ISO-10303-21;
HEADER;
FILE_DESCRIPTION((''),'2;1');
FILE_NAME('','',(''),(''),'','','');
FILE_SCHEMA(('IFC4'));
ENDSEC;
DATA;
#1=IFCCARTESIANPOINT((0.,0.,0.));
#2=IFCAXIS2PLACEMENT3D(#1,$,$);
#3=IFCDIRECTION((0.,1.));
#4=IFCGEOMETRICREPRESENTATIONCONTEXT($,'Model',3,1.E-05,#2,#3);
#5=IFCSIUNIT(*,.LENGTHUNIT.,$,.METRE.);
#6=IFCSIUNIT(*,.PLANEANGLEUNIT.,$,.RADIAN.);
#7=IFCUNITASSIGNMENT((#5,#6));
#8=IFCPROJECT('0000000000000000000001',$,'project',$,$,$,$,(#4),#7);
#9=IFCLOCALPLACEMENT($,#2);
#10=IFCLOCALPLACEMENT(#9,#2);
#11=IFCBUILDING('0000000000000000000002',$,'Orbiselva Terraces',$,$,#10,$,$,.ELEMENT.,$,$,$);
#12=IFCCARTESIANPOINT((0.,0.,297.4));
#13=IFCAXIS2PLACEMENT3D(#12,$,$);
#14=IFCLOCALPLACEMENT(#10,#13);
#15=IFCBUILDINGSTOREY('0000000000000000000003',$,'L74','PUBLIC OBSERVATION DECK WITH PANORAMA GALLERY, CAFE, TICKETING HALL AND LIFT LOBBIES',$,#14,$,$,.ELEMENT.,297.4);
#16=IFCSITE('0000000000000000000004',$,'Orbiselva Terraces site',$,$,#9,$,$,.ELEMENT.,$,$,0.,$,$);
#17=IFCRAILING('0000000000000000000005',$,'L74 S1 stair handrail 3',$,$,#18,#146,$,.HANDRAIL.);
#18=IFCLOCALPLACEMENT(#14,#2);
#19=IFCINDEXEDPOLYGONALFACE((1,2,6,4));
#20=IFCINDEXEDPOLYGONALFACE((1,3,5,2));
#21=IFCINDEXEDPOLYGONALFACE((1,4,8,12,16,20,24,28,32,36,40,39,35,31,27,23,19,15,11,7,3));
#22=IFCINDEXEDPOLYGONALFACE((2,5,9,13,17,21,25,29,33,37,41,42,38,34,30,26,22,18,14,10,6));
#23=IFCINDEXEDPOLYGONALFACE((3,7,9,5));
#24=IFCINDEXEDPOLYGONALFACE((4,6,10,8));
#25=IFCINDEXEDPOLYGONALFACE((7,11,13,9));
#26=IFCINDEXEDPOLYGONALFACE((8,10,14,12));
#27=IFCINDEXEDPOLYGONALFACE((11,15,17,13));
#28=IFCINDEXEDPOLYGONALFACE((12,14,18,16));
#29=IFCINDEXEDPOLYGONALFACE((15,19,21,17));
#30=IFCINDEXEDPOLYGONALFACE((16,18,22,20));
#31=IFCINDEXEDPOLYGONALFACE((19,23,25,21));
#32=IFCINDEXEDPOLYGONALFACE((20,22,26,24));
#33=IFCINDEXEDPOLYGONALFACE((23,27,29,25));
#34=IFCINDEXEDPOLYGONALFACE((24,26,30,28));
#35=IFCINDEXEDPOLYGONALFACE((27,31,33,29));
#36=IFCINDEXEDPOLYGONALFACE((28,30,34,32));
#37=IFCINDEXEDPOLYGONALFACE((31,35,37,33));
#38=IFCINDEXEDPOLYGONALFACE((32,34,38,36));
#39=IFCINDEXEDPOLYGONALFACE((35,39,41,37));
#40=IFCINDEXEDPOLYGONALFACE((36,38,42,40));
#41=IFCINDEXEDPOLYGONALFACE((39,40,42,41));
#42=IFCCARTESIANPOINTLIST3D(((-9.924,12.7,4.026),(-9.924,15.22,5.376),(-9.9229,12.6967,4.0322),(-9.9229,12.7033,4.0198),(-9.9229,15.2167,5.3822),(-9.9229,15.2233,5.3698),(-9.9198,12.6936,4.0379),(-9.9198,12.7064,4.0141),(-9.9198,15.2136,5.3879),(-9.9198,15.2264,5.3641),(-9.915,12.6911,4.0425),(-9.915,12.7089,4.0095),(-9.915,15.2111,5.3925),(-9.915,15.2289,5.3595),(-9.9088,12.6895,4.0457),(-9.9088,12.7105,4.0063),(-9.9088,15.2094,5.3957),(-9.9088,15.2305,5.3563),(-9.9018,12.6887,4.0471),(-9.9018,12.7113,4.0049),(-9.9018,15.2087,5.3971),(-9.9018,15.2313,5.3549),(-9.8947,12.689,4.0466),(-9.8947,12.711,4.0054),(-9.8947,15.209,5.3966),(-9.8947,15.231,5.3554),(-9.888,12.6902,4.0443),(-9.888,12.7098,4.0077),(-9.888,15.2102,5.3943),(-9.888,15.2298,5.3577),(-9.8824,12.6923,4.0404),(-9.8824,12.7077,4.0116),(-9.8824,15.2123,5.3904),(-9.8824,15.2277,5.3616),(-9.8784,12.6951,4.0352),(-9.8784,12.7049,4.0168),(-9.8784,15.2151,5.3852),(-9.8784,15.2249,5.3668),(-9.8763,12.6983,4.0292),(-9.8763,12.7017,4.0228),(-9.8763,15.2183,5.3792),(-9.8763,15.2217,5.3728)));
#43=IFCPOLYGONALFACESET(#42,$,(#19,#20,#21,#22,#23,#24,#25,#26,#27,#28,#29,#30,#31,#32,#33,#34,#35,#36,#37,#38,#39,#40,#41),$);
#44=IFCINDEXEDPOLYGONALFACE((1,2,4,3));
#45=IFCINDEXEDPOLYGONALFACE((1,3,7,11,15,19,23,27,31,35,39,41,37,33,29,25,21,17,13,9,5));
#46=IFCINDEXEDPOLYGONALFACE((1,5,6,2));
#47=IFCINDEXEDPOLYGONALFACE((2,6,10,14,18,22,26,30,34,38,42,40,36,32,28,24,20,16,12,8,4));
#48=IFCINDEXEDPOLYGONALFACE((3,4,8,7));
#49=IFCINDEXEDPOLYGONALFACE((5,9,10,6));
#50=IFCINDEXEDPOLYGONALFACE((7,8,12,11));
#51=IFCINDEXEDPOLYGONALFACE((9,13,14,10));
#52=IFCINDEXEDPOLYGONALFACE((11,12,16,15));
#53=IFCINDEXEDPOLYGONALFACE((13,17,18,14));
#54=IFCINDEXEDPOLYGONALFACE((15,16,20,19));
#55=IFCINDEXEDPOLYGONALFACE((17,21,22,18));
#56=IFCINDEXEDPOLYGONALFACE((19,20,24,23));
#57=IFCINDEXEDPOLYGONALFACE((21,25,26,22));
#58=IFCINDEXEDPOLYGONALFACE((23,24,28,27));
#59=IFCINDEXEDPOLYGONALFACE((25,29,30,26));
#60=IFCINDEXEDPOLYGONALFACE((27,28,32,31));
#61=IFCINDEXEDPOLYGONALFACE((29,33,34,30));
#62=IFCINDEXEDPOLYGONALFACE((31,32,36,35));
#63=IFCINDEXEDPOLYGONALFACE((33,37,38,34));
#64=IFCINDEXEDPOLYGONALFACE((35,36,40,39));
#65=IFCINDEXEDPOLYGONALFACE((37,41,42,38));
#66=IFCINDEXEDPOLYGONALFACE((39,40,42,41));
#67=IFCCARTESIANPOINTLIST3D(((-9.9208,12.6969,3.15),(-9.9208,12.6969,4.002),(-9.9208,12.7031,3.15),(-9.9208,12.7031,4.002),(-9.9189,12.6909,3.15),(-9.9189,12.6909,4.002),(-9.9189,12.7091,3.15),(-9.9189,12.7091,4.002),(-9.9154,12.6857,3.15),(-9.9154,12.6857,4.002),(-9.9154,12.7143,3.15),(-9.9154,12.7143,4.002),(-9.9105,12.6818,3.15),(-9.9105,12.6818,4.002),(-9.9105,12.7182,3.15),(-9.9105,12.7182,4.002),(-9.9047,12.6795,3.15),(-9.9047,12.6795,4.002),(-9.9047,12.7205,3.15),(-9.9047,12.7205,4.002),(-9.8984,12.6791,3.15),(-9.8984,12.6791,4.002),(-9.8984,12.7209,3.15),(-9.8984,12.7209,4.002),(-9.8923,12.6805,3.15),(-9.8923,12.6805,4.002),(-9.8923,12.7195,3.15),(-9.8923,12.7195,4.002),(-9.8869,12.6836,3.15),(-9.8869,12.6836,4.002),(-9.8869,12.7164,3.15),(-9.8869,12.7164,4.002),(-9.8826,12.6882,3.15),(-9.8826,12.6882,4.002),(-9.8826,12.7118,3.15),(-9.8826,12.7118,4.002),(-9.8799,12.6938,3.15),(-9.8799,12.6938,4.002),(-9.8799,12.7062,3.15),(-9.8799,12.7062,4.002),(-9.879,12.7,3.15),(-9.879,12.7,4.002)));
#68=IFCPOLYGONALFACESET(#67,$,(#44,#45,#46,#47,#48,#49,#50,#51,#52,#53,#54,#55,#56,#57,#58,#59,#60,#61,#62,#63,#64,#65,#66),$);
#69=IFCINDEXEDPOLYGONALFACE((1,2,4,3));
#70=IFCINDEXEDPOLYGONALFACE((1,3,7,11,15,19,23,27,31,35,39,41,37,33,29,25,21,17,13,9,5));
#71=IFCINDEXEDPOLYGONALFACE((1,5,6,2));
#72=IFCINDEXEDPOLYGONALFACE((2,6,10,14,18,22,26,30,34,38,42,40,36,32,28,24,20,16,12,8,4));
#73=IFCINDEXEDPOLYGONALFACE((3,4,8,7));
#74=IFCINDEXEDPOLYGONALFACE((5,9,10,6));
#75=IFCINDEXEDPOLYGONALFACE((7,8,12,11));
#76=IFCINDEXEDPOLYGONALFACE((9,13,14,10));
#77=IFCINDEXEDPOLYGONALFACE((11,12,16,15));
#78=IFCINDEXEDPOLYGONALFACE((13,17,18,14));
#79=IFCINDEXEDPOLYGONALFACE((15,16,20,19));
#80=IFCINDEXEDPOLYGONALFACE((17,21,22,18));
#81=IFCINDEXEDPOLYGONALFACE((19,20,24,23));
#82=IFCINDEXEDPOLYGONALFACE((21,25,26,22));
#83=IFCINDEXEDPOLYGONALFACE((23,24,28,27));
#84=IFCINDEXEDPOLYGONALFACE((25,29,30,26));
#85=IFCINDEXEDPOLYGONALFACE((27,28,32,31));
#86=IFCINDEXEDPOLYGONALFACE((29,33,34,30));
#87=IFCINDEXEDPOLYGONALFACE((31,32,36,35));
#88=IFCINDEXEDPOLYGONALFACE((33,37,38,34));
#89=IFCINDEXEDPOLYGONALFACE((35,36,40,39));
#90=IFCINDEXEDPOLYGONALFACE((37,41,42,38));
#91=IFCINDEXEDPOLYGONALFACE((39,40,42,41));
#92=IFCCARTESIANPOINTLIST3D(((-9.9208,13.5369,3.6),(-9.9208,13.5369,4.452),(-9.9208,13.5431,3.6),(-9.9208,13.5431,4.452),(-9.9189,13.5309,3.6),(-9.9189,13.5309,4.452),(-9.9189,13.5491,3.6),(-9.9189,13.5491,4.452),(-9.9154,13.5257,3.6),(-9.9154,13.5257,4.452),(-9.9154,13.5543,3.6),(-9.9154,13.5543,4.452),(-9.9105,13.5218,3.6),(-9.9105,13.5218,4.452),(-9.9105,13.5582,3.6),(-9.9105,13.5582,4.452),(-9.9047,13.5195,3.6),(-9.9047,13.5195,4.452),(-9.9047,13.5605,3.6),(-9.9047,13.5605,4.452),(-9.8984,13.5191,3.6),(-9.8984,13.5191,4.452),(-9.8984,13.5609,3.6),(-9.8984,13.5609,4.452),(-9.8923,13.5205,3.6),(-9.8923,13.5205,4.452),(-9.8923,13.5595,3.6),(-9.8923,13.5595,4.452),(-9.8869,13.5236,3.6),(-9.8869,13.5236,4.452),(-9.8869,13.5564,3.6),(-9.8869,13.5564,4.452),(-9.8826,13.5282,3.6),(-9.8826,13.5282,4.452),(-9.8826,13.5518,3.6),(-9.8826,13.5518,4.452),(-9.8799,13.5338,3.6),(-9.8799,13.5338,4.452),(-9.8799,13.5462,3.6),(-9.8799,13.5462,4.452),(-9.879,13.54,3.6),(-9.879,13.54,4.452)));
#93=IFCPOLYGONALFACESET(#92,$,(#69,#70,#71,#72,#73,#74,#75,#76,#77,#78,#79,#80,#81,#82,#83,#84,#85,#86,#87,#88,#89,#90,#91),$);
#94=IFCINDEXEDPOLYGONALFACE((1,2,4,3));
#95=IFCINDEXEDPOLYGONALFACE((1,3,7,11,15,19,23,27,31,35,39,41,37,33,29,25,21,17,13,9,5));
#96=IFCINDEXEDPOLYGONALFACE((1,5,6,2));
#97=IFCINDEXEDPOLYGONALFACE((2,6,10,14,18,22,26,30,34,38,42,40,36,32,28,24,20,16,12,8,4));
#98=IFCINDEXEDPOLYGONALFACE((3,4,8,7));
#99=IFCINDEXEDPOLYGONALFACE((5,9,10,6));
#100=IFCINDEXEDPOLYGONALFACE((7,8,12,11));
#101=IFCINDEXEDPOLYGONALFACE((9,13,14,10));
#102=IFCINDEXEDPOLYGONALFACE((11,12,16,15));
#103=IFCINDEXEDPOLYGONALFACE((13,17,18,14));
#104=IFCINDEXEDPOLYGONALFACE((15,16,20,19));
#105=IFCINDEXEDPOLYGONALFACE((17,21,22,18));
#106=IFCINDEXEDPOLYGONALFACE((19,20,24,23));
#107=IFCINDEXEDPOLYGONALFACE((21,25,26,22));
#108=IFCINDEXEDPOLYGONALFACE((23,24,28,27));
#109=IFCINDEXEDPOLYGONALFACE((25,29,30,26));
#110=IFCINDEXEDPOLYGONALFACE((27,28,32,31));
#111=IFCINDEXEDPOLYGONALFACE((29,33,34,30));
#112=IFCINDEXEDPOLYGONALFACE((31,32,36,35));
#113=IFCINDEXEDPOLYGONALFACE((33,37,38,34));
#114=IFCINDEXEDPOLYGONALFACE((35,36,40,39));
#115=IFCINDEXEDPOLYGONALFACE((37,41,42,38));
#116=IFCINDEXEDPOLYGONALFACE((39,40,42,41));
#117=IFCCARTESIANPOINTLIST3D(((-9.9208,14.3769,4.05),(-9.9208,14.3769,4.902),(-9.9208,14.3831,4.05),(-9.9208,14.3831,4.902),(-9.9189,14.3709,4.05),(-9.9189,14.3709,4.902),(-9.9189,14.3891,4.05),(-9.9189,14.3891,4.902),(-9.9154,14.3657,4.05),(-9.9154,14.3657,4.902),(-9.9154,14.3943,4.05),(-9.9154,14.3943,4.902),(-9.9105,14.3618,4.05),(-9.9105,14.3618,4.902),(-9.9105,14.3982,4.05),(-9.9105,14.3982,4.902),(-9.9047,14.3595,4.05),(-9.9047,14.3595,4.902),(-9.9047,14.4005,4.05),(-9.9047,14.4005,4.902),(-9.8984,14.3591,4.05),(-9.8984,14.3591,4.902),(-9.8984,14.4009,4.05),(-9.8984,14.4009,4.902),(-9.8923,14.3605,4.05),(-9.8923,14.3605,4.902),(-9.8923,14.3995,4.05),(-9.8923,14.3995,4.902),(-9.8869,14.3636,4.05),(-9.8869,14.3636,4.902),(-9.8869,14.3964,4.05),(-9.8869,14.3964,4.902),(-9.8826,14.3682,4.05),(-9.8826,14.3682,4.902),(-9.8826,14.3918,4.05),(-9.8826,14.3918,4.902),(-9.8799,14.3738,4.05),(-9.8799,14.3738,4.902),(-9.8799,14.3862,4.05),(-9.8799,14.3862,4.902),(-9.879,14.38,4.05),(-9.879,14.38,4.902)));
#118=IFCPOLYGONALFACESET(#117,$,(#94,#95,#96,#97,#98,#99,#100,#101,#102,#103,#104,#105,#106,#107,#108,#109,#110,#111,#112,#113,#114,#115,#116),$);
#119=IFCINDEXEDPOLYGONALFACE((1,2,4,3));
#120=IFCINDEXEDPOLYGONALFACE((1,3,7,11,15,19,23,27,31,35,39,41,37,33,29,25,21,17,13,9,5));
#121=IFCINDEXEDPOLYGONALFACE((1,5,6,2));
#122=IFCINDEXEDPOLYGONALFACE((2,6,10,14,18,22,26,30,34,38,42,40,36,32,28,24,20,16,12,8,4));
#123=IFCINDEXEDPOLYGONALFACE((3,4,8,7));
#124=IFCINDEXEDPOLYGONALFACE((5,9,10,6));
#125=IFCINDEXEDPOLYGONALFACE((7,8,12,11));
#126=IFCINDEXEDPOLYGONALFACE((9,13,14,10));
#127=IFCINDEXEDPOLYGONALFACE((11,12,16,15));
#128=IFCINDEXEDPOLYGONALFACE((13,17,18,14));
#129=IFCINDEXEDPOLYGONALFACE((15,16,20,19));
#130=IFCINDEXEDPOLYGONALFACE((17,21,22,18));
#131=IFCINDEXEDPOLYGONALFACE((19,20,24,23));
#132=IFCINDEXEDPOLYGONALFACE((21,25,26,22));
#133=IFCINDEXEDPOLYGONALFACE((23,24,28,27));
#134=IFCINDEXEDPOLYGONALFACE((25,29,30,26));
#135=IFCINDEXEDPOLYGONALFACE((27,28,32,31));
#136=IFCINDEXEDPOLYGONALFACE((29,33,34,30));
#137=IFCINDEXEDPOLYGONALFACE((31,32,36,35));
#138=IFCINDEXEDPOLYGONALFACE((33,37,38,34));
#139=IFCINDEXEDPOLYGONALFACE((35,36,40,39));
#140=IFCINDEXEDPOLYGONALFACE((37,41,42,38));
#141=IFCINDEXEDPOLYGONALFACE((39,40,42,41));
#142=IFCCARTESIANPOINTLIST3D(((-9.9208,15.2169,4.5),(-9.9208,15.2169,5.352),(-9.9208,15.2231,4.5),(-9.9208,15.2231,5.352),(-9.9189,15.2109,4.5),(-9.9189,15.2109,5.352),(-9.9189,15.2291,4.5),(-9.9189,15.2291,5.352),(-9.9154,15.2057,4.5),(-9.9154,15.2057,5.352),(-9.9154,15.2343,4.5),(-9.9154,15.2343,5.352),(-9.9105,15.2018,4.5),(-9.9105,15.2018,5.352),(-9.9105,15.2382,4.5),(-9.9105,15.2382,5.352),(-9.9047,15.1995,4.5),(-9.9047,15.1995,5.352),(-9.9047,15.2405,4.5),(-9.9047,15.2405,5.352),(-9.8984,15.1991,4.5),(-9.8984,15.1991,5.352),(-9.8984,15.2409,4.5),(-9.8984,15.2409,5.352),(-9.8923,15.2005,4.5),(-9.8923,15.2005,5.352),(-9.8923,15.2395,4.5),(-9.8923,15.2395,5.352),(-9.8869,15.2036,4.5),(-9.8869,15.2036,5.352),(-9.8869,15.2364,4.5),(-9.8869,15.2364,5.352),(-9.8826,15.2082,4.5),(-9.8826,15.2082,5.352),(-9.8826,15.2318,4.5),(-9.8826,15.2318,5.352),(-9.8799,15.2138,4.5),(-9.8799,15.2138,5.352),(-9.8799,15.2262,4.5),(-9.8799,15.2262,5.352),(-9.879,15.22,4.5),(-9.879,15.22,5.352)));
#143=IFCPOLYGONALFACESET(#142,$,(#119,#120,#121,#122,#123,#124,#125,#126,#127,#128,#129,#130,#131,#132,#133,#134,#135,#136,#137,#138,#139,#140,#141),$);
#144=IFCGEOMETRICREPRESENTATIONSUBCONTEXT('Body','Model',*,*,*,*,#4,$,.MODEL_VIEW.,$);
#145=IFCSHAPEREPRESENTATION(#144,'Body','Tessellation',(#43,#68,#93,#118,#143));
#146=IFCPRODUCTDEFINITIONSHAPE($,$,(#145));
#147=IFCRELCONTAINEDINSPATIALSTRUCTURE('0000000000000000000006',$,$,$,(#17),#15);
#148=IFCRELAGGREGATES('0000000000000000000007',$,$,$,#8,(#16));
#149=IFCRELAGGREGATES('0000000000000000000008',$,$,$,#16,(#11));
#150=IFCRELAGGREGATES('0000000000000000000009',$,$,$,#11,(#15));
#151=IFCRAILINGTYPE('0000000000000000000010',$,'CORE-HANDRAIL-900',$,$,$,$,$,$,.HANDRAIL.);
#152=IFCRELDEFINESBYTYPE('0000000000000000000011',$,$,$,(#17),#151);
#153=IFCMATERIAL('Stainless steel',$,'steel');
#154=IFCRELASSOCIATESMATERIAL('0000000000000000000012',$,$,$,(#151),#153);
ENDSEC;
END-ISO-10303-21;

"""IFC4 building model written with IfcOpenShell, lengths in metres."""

from ifc_helpers import new_model, si_unit, direction, frame, origin, origin_2d, place, context, subcontext, project, spatial, circle, extrude, material, type_object, element, save


model = new_model("IFC4")

# Units and contexts
model_context = context("Model", 3, precision=1e-05, world=origin(), true_north=direction((0.0, 1.0)))
body_context = subcontext(model_context, "Body", "Model", "MODEL_VIEW")
ifc_project = project(units=[si_unit("LENGTHUNIT", "METRE"), si_unit("PLANEANGLEUNIT", "RADIAN")], contexts=[model_context])

# Site, building, storey
site_placement = place(None, origin())
site = spatial("IfcSite", under=ifc_project, at=site_placement, Name="Orbiselva Terraces site", CompositionType="ELEMENT", RefElevation=0.0)
building_placement = place(site_placement, origin())
building = spatial("IfcBuilding", under=site, at=building_placement, Name="Orbiselva Terraces", CompositionType="ELEMENT")
storey_placement = place(building_placement, frame((0.0, 0.0, 297.4)))
storey = spatial("IfcBuildingStorey", under=building, at=storey_placement, Name="L74", Description="PUBLIC OBSERVATION DECK WITH PANORAMA GALLERY, CAFE, TICKETING HALL AND LIFT LOBBIES", CompositionType="ELEMENT", Elevation=297.4)

# Railing
ifc_material_1 = material(Name="Stainless steel", Category="steel")
railing_type = type_object("IfcRailingType", Name="CORE-HANDRAIL-900", PredefinedType="HANDRAIL", material=ifc_material_1)
railing_placement = place(storey_placement, frame((-9.9, 12.7, 3.15)))
element("IfcRailing", 1, at=railing_placement, inside=storey, type_object=railing_type, Name="L74 S1 stair handrail 3", PredefinedType="HANDRAIL", context=body_context, shape_type="SweptSolid", body=[
    extrude(circle(Radius=0.024, at=origin_2d()), frame((0.0, 0.0, 0.876), z_axis=(0.0, 0.88148, 0.472221), x_axis=(-1.0, 0.0, 0.0)), (0.0, 0.0, 1.0), 2.8588),
    extrude(circle(Radius=0.021, at=origin_2d()), origin(), (0.0, 0.0, 1.0), 0.852),
    extrude(circle(Radius=0.021, at=origin_2d()), frame((0.0, 0.84, 0.45)), (0.0, 0.0, 1.0), 0.852),
    extrude(circle(Radius=0.021, at=origin_2d()), frame((0.0, 1.68, 0.9)), (0.0, 0.0, 1.0), 0.852),
    extrude(circle(Radius=0.021, at=origin_2d()), frame((0.0, 2.52, 1.35)), (0.0, 0.0, 1.0), 0.852),
])

save(model, "model.ifc")
